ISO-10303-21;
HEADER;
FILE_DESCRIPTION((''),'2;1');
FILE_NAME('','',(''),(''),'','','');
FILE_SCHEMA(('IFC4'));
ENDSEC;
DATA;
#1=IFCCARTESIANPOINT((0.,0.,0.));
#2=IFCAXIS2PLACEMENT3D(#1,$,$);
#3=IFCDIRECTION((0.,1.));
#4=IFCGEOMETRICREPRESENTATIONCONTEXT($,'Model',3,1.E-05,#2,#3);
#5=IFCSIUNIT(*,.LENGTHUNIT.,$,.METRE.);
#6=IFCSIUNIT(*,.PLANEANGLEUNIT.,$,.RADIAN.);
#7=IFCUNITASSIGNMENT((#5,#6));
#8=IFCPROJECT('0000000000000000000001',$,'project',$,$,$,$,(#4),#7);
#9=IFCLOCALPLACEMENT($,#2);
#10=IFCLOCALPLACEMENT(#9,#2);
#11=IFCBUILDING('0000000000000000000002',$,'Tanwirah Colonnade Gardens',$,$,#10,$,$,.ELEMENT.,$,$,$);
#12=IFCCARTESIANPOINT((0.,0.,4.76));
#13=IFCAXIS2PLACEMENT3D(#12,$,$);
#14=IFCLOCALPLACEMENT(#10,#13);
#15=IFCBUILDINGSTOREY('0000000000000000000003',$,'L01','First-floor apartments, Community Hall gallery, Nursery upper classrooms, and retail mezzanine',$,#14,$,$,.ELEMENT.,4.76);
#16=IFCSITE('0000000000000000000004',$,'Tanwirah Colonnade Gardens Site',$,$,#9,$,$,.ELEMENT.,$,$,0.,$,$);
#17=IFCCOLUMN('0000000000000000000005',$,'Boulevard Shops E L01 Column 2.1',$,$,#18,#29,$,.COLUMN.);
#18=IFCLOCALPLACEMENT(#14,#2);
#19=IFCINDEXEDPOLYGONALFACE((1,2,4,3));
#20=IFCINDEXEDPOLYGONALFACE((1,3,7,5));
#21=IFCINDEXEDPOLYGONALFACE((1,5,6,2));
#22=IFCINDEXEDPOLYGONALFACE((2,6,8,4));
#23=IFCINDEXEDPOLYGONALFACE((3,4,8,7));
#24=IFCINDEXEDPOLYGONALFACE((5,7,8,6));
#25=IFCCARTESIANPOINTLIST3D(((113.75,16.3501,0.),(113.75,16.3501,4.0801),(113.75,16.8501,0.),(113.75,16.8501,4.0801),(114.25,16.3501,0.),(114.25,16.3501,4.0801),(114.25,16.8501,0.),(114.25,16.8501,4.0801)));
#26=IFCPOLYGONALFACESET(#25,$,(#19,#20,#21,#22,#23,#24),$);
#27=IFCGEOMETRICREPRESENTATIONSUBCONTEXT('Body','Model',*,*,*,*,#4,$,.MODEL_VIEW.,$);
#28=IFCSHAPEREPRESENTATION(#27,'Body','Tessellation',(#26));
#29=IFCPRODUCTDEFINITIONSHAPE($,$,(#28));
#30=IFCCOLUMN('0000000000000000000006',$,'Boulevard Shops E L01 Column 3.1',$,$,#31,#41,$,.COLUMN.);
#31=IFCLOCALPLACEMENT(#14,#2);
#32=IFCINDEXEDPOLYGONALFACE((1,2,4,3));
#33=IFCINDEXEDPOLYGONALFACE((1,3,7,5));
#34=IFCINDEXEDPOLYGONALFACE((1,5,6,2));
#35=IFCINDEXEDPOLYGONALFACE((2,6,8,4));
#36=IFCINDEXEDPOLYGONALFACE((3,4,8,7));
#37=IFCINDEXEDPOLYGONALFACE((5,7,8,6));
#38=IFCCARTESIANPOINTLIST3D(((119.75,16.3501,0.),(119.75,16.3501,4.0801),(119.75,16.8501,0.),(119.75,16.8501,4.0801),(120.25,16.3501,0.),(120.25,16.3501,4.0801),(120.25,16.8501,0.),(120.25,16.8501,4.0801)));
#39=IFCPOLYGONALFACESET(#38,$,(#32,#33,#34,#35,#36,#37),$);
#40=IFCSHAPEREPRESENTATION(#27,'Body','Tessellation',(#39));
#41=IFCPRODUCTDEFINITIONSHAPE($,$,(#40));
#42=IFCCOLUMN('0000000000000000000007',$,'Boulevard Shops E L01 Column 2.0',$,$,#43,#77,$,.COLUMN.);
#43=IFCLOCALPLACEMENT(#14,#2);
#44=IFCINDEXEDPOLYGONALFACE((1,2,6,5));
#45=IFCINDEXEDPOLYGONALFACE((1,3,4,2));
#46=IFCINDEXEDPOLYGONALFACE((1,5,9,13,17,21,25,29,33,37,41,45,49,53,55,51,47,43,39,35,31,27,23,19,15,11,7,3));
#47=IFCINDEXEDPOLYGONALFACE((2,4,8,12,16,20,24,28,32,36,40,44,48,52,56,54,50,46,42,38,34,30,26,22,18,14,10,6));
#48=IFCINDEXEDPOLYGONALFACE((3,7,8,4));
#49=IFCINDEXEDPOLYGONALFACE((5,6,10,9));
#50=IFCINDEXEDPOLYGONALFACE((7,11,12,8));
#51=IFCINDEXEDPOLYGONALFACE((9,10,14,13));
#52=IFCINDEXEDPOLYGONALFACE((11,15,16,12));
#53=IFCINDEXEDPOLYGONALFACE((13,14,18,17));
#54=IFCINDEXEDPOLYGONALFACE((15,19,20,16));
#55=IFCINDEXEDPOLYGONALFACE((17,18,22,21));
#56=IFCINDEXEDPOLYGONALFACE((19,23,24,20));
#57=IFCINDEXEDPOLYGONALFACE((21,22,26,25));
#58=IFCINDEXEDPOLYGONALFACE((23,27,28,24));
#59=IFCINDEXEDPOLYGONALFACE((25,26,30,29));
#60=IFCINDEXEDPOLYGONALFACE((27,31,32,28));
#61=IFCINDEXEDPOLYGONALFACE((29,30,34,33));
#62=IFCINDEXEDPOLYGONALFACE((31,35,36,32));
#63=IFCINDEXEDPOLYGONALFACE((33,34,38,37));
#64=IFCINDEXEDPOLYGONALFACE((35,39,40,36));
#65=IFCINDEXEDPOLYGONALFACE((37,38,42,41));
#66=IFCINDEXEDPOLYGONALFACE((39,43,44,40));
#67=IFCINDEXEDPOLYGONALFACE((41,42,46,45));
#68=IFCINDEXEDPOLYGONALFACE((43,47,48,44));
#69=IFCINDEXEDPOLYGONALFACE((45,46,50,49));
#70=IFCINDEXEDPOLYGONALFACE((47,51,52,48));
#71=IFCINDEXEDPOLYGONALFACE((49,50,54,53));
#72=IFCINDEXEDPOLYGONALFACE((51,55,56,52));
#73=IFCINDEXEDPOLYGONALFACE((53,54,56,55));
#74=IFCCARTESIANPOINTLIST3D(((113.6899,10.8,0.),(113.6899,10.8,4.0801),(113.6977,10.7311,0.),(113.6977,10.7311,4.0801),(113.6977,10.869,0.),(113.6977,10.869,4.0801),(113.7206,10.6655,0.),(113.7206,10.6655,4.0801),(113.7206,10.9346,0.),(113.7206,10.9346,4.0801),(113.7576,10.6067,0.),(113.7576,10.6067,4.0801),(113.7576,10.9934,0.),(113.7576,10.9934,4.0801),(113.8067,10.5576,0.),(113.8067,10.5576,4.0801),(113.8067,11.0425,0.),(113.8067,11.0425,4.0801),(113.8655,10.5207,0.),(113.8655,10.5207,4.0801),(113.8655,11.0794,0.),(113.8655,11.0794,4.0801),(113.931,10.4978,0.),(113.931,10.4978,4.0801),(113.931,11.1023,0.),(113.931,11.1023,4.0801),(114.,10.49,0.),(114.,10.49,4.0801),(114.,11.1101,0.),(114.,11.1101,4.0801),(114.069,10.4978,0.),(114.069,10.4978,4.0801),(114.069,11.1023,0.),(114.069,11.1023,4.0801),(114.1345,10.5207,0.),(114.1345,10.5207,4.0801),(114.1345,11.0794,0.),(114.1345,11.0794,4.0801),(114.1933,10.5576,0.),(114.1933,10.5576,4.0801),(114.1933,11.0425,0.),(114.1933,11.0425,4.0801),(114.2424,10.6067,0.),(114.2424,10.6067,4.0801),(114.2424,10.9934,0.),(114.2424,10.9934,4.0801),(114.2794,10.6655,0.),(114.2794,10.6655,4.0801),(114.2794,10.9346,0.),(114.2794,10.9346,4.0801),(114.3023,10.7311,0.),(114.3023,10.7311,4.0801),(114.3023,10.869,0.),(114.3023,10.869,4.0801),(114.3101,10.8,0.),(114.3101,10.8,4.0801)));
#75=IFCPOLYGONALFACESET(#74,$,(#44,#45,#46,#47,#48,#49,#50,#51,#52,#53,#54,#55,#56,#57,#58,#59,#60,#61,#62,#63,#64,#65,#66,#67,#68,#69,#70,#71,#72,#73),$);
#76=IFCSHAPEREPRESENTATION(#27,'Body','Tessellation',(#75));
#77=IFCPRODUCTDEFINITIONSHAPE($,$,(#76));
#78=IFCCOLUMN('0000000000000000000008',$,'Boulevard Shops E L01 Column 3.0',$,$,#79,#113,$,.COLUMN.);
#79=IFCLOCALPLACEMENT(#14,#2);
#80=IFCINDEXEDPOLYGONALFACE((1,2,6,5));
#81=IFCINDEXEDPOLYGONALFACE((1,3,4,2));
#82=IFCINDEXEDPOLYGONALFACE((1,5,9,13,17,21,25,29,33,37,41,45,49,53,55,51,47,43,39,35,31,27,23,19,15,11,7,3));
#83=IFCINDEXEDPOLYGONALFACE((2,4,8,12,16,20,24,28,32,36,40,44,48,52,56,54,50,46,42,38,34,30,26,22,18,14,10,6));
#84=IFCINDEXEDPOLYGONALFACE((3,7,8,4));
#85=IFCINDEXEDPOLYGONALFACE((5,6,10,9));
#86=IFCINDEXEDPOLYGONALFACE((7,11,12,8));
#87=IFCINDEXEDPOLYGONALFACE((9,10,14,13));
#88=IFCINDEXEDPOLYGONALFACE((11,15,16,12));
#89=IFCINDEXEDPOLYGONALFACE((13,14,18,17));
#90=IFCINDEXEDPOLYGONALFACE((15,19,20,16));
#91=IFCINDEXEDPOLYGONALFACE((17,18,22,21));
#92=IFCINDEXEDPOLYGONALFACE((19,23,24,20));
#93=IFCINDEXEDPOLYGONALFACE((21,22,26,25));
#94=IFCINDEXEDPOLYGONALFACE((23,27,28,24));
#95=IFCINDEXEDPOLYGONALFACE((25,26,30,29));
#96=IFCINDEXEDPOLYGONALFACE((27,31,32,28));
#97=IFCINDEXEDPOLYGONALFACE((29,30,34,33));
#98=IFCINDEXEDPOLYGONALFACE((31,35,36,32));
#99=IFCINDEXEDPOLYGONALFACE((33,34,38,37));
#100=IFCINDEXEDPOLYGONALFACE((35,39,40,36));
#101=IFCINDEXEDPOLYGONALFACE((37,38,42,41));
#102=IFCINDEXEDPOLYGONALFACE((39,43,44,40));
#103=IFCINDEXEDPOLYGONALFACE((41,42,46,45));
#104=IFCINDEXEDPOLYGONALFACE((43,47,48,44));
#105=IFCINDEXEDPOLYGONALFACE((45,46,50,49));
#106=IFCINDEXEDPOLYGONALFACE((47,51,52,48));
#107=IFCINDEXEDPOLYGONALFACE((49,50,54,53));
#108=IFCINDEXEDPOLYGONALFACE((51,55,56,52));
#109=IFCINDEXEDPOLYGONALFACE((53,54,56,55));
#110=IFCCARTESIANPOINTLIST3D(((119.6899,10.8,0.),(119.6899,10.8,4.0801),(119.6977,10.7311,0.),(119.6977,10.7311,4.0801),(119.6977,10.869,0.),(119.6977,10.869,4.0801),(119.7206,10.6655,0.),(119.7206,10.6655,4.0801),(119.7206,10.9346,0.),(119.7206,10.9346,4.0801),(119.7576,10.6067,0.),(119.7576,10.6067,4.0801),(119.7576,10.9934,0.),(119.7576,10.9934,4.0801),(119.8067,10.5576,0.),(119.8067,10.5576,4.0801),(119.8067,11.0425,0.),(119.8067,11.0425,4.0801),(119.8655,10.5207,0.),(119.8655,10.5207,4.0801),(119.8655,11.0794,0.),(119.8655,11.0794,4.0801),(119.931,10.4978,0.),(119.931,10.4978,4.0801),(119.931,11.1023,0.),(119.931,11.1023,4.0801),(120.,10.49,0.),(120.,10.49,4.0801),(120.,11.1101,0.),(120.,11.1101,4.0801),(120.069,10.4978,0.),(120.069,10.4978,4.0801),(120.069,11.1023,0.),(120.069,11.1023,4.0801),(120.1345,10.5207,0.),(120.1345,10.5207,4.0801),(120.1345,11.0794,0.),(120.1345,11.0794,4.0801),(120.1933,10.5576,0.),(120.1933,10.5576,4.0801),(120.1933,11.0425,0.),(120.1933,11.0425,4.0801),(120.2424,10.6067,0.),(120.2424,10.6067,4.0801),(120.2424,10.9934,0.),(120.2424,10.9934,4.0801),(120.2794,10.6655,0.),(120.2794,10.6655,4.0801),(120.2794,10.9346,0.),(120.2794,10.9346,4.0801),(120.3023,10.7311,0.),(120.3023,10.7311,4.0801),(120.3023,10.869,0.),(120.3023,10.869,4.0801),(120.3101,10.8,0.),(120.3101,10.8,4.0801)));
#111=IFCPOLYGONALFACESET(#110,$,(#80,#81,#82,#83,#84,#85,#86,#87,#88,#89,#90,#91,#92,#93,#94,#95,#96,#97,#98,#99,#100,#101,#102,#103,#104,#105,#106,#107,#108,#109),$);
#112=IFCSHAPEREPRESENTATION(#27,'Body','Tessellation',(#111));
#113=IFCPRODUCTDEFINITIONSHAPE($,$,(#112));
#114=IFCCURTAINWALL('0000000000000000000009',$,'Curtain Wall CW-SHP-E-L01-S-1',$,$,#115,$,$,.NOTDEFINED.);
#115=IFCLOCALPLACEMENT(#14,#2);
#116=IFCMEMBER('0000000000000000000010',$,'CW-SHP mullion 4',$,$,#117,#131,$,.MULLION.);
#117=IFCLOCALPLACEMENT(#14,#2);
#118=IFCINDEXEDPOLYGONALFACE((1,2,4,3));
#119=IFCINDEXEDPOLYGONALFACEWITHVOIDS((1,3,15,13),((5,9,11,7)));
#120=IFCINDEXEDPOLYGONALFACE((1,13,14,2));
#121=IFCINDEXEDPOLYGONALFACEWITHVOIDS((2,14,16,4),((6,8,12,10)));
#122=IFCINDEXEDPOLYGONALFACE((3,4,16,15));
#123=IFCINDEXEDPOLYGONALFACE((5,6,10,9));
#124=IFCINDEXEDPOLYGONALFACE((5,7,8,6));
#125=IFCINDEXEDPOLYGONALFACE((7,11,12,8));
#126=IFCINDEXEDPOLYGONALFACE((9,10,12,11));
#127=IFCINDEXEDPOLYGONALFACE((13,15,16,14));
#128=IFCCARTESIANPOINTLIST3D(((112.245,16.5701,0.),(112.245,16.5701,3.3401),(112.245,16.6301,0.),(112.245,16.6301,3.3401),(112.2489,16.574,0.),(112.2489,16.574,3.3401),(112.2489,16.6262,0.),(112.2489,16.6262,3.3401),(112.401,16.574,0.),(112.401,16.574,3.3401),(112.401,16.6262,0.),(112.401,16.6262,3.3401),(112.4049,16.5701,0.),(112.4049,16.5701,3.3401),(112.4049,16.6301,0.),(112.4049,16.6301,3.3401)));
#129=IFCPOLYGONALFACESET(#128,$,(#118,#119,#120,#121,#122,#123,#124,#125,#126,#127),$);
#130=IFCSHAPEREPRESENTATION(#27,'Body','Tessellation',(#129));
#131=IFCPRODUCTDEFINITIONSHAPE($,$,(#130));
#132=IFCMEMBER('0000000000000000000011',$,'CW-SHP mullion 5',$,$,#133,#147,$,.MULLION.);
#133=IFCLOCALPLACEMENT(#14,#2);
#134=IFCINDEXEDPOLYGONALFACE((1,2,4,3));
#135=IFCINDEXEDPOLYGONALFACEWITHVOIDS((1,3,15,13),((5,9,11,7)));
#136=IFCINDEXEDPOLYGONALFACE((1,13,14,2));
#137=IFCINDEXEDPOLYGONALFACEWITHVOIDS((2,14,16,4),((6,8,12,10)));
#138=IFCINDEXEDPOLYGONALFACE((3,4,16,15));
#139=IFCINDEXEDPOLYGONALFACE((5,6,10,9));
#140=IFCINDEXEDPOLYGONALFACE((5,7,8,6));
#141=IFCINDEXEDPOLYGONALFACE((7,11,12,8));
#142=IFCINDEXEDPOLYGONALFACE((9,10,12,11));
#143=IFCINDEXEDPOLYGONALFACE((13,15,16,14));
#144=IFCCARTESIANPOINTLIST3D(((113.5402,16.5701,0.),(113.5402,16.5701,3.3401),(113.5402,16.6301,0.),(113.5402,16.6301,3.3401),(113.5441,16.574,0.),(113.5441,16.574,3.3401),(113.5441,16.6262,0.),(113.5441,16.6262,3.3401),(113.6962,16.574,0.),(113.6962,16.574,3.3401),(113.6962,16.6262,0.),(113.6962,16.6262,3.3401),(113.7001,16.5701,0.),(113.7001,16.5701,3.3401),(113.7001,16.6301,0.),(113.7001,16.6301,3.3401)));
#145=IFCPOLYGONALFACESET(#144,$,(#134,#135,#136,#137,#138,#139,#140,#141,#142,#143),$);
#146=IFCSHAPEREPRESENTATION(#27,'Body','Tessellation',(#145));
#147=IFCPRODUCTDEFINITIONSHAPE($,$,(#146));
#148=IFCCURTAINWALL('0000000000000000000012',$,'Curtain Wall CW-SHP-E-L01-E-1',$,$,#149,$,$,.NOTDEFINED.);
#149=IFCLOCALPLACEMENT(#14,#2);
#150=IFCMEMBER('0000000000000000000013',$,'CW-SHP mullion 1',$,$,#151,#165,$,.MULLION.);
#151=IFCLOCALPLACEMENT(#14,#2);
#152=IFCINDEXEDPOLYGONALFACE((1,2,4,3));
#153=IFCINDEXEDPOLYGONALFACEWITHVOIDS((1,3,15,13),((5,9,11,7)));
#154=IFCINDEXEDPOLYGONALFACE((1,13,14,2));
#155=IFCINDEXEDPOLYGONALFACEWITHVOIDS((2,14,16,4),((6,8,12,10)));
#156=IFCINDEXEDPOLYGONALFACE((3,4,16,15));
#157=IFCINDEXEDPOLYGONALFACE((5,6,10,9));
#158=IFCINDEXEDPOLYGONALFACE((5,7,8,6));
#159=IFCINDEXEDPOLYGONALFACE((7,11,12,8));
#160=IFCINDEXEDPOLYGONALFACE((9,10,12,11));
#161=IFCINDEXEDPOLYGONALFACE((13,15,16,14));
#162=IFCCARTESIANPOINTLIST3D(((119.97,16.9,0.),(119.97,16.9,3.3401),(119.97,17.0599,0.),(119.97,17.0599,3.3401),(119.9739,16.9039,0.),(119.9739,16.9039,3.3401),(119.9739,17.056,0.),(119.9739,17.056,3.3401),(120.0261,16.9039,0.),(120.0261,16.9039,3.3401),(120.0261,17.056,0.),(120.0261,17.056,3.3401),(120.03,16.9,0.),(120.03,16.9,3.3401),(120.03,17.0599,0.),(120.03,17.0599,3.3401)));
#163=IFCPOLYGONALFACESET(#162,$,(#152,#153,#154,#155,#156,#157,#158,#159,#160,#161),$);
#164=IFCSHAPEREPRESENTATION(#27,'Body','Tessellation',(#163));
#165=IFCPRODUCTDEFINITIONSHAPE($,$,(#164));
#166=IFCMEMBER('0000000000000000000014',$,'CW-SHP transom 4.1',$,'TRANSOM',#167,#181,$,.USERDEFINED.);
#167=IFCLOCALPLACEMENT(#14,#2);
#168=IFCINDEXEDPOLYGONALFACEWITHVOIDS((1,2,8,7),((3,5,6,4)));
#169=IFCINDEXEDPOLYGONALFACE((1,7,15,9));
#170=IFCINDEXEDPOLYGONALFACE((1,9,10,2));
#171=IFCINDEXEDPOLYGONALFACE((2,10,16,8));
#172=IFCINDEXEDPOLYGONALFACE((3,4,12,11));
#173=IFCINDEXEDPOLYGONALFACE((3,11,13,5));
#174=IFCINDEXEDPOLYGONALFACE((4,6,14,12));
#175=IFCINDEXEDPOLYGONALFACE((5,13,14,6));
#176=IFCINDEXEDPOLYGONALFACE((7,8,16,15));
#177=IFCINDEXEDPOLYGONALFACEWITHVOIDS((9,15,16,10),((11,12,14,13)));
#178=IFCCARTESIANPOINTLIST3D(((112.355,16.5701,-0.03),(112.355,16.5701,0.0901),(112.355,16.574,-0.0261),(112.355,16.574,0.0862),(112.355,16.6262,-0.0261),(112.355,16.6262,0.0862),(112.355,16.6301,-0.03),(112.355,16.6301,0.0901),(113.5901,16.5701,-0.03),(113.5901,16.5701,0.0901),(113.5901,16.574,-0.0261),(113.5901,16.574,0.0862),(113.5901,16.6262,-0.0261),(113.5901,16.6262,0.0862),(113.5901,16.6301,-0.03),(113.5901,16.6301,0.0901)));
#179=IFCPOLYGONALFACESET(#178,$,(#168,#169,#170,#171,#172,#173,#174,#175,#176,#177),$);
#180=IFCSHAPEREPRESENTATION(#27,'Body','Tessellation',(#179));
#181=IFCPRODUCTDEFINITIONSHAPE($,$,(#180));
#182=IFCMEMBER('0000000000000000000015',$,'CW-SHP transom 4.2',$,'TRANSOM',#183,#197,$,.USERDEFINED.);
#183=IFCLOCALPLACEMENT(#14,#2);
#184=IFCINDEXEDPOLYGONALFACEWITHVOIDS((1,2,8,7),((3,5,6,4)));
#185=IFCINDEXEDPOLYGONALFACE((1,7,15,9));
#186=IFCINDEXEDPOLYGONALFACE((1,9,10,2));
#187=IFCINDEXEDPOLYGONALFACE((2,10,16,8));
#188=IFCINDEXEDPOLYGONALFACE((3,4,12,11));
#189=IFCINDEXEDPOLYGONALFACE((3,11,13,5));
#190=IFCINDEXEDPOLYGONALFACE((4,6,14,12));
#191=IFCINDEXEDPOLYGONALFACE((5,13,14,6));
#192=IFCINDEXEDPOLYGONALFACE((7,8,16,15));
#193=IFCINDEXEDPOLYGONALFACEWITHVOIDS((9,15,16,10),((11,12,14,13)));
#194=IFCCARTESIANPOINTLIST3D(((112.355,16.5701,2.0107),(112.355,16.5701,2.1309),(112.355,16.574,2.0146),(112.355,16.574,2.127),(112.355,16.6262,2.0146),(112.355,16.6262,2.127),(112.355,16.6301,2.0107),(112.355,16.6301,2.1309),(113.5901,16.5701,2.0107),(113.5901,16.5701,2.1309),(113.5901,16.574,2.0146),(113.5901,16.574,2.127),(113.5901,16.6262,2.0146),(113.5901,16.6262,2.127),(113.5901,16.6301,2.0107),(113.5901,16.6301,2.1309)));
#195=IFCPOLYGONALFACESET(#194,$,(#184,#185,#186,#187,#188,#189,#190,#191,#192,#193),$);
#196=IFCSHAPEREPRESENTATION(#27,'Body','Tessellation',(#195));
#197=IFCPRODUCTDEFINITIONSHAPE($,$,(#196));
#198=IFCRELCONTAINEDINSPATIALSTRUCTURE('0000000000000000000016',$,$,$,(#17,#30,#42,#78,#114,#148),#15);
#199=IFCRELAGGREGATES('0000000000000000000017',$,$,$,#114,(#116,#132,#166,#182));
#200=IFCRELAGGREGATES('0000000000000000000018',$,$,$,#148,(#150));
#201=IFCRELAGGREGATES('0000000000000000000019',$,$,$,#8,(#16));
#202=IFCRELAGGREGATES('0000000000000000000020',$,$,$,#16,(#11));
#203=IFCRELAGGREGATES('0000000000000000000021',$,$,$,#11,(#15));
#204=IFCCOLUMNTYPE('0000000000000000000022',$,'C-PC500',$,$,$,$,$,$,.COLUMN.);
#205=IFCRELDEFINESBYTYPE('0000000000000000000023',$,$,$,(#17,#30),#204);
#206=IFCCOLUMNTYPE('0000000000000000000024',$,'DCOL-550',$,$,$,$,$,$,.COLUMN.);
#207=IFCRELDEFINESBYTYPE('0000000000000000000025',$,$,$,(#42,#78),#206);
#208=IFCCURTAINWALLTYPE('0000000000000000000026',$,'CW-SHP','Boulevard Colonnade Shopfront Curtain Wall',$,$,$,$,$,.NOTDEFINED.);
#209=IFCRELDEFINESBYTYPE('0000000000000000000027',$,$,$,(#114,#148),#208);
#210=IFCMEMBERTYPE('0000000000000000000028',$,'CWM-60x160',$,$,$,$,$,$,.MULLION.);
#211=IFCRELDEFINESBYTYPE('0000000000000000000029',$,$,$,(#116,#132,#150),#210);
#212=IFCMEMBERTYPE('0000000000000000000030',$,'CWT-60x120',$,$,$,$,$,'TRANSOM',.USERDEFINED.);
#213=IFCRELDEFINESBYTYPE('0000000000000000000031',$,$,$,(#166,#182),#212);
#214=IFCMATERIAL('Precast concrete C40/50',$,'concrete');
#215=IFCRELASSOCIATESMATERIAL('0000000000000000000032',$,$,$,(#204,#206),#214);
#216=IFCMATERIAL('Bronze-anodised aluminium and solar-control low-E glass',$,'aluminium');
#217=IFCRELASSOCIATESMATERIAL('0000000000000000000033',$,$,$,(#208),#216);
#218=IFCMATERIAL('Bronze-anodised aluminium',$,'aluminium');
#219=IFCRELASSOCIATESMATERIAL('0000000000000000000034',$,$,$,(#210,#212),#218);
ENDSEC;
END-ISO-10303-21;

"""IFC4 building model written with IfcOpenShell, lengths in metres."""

from ifc_helpers import new_model, si_unit, direction, frame, origin, origin_2d, place, context, subcontext, project, spatial, rectangle, hollow_rectangle, circle, extrude, material, material_profile, profile_set, type_object, element, aggregate, save


model = new_model("IFC4")

# Units and contexts
model_context = context("Model", 3, precision=1e-05, world=origin(), true_north=direction((0.0, 1.0)))
body_context = subcontext(model_context, "Body", "Model", "MODEL_VIEW")
ifc_project = project(units=[si_unit("LENGTHUNIT", "METRE"), si_unit("PLANEANGLEUNIT", "RADIAN")], contexts=[model_context])

# Site, building, storey
site_placement = place(None, origin())
site = spatial("IfcSite", under=ifc_project, at=site_placement, Name="Tanwirah Colonnade Gardens Site", CompositionType="ELEMENT", RefElevation=0.0)
building_placement = place(site_placement, origin())
building = spatial("IfcBuilding", under=site, at=building_placement, Name="Tanwirah Colonnade Gardens", CompositionType="ELEMENT")
storey_placement = place(building_placement, frame((0.0, 0.0, 4.76)))
storey = spatial("IfcBuildingStorey", under=building, at=storey_placement, Name="L01", Description="First-floor apartments, Community Hall gallery, Nursery upper classrooms, and retail mezzanine", CompositionType="ELEMENT", Elevation=4.76)

# Columns
ifc_material_1 = material(Name="Precast concrete C40/50", Category="concrete")
ifc_material_profile_1 = material_profile(ifc_material_1, rectangle(XDim=0.5, YDim=0.5, at=origin_2d()), Name="PC-COL 500x500")
ifc_profile_set_1 = profile_set([ifc_material_profile_1], Name="Precast concrete C40/50")
column_type_1 = type_object("IfcColumnType", Name="C-PC500", PredefinedType="COLUMN", material=ifc_profile_set_1)
for number, where, z_axis, x_axis, name in (
    (1, (114.0, 16.6001, 0.0), (0.0, 0.0, 1.0), (1.0, 0.0, 0.0), "Boulevard Shops E L01 Column 2.1"),
    (2, (120.0, 16.6001, 0.0), (0.0, 0.0, 1.0), (1.0, 0.0, 0.0), "Boulevard Shops E L01 Column 3.1"),
):
    element("IfcColumn", number, at=place(storey_placement, frame(where, z_axis=z_axis, x_axis=x_axis)), inside=storey, type_object=column_type_1, Name=name, PredefinedType="COLUMN", context=body_context, shape_type="SweptSolid", body=[
        extrude(rectangle(XDim=0.5, YDim=0.5, at=origin_2d()), origin(), (0.0, 0.0, 1.0), 4.0801),
    ])
ifc_material_profile_2 = material_profile(ifc_material_1, circle(Radius=0.3101, at=origin_2d()), Name="PC-DCOL D620")
ifc_profile_set_2 = profile_set([ifc_material_profile_2], Name="Precast concrete C40/50")
column_type_2 = type_object("IfcColumnType", Name="DCOL-550", PredefinedType="COLUMN", material=ifc_profile_set_2)
for number, where, z_axis, x_axis, name in (
    (3, (114.0, 10.8, 0.0), (0.0, 0.0, 1.0), (1.0, 0.0, 0.0), "Boulevard Shops E L01 Column 2.0"),
    (4, (120.0, 10.8, 0.0), (0.0, 0.0, 1.0), (1.0, 0.0, 0.0), "Boulevard Shops E L01 Column 3.0"),
):
    element("IfcColumn", number, at=place(storey_placement, frame(where, z_axis=z_axis, x_axis=x_axis)), inside=storey, type_object=column_type_2, Name=name, PredefinedType="COLUMN", context=body_context, shape_type="SweptSolid", body=[
        extrude(circle(Radius=0.3101, at=origin_2d()), origin(), (0.0, 0.0, 1.0), 4.0801),
    ])

# Curtain wall, members
ifc_material_2 = material(Name="Bronze-anodised aluminium and solar-control low-E glass", Category="aluminium")
curtain_wall_type = type_object("IfcCurtainWallType", Name="CW-SHP", Description="Boulevard Colonnade Shopfront Curtain Wall", PredefinedType="NOTDEFINED", material=ifc_material_2)
curtain_wall_1_placement = place(storey_placement, origin())
curtain_wall_1 = element("IfcCurtainWall", 5, at=curtain_wall_1_placement, inside=storey, type_object=curtain_wall_type, Name="Curtain Wall CW-SHP-E-L01-S-1", PredefinedType="NOTDEFINED")
ifc_material_3 = material(Name="Bronze-anodised aluminium", Category="aluminium")
ifc_material_profile_3 = material_profile(ifc_material_3, hollow_rectangle(XDim=0.0601, YDim=0.1599, WallThickness=0.0039, at=origin_2d()), Name="CW-MUL 60x160x4")
ifc_profile_set_3 = profile_set([ifc_material_profile_3], Name="Bronze-anodised aluminium")
member_type_1 = type_object("IfcMemberType", Name="CWM-60x160", PredefinedType="MULLION", material=ifc_profile_set_3)
member_1_placement = place(storey_placement, frame((112.325, 16.6001, 0.0), z_axis=(0.0, 0.0, 1.0), x_axis=(0.0, 1.0, 0.0)))
member_1 = element("IfcMember", 6, at=member_1_placement, type_object=member_type_1, Name="CW-SHP mullion 4", PredefinedType="MULLION", context=body_context, shape_type="SweptSolid", body=[
    extrude(hollow_rectangle(XDim=0.0601, YDim=0.1599, WallThickness=0.0039, at=origin_2d()), origin(), (0.0, 0.0, 1.0), 3.3401),
])
member_2_placement = place(storey_placement, frame((113.6201, 16.6001, 0.0), z_axis=(0.0, 0.0, 1.0), x_axis=(0.0, 1.0, 0.0)))
member_2 = element("IfcMember", 7, at=member_2_placement, type_object=member_type_1, Name="CW-SHP mullion 5", PredefinedType="MULLION", context=body_context, shape_type="SweptSolid", body=[
    extrude(hollow_rectangle(XDim=0.0601, YDim=0.1599, WallThickness=0.0039, at=origin_2d()), origin(), (0.0, 0.0, 1.0), 3.3401),
])

# Curtain wall, member
curtain_wall_2_placement = place(storey_placement, origin())
curtain_wall_2 = element("IfcCurtainWall", 8, at=curtain_wall_2_placement, inside=storey, type_object=curtain_wall_type, Name="Curtain Wall CW-SHP-E-L01-E-1", PredefinedType="NOTDEFINED")
member_3_placement = place(storey_placement, frame((120.0, 16.98, 0.0), z_axis=(0.0, 0.0, 1.0), x_axis=(-1.0, 0.0, 0.0)))
member_3 = element("IfcMember", 9, at=member_3_placement, type_object=member_type_1, Name="CW-SHP mullion 1", PredefinedType="MULLION", context=body_context, shape_type="SweptSolid", body=[
    extrude(hollow_rectangle(XDim=0.0601, YDim=0.1599, WallThickness=0.0039, at=origin_2d()), origin(), (0.0, 0.0, 1.0), 3.3401),
])

# Members
ifc_material_profile_4 = material_profile(ifc_material_3, hollow_rectangle(XDim=0.0601, YDim=0.1201, WallThickness=0.0039, at=origin_2d()), Name="CW-TRN 60x120x4")
ifc_profile_set_4 = profile_set([ifc_material_profile_4], Name="Bronze-anodised aluminium")
member_type_2 = type_object("IfcMemberType", Name="CWT-60x120", ElementType="TRANSOM", PredefinedType="USERDEFINED", material=ifc_profile_set_4)
member_4_placement = place(storey_placement, frame((112.355, 16.6001, 0.03), z_axis=(1.0, 0.0, 0.0), x_axis=(0.0, 1.0, 0.0)))
member_4 = element("IfcMember", 10, at=member_4_placement, type_object=member_type_2, Name="CW-SHP transom 4.1", ObjectType="TRANSOM", PredefinedType="USERDEFINED", context=body_context, shape_type="SweptSolid", body=[
    extrude(hollow_rectangle(XDim=0.0601, YDim=0.1201, WallThickness=0.0039, at=origin_2d()), origin(), (0.0, 0.0, 1.0), 1.2351),
])
member_5_placement = place(storey_placement, frame((112.355, 16.6001, 2.0708), z_axis=(1.0, 0.0, 0.0), x_axis=(0.0, 1.0, 0.0)))
member_5 = element("IfcMember", 11, at=member_5_placement, type_object=member_type_2, Name="CW-SHP transom 4.2", ObjectType="TRANSOM", PredefinedType="USERDEFINED", context=body_context, shape_type="SweptSolid", body=[
    extrude(hollow_rectangle(XDim=0.0601, YDim=0.1201, WallThickness=0.0039, at=origin_2d()), origin(), (0.0, 0.0, 1.0), 1.2351),
])

aggregate(curtain_wall_1, [member_1, member_2, member_4, member_5])
aggregate(curtain_wall_2, [member_3])

save(model, "model.ifc")
